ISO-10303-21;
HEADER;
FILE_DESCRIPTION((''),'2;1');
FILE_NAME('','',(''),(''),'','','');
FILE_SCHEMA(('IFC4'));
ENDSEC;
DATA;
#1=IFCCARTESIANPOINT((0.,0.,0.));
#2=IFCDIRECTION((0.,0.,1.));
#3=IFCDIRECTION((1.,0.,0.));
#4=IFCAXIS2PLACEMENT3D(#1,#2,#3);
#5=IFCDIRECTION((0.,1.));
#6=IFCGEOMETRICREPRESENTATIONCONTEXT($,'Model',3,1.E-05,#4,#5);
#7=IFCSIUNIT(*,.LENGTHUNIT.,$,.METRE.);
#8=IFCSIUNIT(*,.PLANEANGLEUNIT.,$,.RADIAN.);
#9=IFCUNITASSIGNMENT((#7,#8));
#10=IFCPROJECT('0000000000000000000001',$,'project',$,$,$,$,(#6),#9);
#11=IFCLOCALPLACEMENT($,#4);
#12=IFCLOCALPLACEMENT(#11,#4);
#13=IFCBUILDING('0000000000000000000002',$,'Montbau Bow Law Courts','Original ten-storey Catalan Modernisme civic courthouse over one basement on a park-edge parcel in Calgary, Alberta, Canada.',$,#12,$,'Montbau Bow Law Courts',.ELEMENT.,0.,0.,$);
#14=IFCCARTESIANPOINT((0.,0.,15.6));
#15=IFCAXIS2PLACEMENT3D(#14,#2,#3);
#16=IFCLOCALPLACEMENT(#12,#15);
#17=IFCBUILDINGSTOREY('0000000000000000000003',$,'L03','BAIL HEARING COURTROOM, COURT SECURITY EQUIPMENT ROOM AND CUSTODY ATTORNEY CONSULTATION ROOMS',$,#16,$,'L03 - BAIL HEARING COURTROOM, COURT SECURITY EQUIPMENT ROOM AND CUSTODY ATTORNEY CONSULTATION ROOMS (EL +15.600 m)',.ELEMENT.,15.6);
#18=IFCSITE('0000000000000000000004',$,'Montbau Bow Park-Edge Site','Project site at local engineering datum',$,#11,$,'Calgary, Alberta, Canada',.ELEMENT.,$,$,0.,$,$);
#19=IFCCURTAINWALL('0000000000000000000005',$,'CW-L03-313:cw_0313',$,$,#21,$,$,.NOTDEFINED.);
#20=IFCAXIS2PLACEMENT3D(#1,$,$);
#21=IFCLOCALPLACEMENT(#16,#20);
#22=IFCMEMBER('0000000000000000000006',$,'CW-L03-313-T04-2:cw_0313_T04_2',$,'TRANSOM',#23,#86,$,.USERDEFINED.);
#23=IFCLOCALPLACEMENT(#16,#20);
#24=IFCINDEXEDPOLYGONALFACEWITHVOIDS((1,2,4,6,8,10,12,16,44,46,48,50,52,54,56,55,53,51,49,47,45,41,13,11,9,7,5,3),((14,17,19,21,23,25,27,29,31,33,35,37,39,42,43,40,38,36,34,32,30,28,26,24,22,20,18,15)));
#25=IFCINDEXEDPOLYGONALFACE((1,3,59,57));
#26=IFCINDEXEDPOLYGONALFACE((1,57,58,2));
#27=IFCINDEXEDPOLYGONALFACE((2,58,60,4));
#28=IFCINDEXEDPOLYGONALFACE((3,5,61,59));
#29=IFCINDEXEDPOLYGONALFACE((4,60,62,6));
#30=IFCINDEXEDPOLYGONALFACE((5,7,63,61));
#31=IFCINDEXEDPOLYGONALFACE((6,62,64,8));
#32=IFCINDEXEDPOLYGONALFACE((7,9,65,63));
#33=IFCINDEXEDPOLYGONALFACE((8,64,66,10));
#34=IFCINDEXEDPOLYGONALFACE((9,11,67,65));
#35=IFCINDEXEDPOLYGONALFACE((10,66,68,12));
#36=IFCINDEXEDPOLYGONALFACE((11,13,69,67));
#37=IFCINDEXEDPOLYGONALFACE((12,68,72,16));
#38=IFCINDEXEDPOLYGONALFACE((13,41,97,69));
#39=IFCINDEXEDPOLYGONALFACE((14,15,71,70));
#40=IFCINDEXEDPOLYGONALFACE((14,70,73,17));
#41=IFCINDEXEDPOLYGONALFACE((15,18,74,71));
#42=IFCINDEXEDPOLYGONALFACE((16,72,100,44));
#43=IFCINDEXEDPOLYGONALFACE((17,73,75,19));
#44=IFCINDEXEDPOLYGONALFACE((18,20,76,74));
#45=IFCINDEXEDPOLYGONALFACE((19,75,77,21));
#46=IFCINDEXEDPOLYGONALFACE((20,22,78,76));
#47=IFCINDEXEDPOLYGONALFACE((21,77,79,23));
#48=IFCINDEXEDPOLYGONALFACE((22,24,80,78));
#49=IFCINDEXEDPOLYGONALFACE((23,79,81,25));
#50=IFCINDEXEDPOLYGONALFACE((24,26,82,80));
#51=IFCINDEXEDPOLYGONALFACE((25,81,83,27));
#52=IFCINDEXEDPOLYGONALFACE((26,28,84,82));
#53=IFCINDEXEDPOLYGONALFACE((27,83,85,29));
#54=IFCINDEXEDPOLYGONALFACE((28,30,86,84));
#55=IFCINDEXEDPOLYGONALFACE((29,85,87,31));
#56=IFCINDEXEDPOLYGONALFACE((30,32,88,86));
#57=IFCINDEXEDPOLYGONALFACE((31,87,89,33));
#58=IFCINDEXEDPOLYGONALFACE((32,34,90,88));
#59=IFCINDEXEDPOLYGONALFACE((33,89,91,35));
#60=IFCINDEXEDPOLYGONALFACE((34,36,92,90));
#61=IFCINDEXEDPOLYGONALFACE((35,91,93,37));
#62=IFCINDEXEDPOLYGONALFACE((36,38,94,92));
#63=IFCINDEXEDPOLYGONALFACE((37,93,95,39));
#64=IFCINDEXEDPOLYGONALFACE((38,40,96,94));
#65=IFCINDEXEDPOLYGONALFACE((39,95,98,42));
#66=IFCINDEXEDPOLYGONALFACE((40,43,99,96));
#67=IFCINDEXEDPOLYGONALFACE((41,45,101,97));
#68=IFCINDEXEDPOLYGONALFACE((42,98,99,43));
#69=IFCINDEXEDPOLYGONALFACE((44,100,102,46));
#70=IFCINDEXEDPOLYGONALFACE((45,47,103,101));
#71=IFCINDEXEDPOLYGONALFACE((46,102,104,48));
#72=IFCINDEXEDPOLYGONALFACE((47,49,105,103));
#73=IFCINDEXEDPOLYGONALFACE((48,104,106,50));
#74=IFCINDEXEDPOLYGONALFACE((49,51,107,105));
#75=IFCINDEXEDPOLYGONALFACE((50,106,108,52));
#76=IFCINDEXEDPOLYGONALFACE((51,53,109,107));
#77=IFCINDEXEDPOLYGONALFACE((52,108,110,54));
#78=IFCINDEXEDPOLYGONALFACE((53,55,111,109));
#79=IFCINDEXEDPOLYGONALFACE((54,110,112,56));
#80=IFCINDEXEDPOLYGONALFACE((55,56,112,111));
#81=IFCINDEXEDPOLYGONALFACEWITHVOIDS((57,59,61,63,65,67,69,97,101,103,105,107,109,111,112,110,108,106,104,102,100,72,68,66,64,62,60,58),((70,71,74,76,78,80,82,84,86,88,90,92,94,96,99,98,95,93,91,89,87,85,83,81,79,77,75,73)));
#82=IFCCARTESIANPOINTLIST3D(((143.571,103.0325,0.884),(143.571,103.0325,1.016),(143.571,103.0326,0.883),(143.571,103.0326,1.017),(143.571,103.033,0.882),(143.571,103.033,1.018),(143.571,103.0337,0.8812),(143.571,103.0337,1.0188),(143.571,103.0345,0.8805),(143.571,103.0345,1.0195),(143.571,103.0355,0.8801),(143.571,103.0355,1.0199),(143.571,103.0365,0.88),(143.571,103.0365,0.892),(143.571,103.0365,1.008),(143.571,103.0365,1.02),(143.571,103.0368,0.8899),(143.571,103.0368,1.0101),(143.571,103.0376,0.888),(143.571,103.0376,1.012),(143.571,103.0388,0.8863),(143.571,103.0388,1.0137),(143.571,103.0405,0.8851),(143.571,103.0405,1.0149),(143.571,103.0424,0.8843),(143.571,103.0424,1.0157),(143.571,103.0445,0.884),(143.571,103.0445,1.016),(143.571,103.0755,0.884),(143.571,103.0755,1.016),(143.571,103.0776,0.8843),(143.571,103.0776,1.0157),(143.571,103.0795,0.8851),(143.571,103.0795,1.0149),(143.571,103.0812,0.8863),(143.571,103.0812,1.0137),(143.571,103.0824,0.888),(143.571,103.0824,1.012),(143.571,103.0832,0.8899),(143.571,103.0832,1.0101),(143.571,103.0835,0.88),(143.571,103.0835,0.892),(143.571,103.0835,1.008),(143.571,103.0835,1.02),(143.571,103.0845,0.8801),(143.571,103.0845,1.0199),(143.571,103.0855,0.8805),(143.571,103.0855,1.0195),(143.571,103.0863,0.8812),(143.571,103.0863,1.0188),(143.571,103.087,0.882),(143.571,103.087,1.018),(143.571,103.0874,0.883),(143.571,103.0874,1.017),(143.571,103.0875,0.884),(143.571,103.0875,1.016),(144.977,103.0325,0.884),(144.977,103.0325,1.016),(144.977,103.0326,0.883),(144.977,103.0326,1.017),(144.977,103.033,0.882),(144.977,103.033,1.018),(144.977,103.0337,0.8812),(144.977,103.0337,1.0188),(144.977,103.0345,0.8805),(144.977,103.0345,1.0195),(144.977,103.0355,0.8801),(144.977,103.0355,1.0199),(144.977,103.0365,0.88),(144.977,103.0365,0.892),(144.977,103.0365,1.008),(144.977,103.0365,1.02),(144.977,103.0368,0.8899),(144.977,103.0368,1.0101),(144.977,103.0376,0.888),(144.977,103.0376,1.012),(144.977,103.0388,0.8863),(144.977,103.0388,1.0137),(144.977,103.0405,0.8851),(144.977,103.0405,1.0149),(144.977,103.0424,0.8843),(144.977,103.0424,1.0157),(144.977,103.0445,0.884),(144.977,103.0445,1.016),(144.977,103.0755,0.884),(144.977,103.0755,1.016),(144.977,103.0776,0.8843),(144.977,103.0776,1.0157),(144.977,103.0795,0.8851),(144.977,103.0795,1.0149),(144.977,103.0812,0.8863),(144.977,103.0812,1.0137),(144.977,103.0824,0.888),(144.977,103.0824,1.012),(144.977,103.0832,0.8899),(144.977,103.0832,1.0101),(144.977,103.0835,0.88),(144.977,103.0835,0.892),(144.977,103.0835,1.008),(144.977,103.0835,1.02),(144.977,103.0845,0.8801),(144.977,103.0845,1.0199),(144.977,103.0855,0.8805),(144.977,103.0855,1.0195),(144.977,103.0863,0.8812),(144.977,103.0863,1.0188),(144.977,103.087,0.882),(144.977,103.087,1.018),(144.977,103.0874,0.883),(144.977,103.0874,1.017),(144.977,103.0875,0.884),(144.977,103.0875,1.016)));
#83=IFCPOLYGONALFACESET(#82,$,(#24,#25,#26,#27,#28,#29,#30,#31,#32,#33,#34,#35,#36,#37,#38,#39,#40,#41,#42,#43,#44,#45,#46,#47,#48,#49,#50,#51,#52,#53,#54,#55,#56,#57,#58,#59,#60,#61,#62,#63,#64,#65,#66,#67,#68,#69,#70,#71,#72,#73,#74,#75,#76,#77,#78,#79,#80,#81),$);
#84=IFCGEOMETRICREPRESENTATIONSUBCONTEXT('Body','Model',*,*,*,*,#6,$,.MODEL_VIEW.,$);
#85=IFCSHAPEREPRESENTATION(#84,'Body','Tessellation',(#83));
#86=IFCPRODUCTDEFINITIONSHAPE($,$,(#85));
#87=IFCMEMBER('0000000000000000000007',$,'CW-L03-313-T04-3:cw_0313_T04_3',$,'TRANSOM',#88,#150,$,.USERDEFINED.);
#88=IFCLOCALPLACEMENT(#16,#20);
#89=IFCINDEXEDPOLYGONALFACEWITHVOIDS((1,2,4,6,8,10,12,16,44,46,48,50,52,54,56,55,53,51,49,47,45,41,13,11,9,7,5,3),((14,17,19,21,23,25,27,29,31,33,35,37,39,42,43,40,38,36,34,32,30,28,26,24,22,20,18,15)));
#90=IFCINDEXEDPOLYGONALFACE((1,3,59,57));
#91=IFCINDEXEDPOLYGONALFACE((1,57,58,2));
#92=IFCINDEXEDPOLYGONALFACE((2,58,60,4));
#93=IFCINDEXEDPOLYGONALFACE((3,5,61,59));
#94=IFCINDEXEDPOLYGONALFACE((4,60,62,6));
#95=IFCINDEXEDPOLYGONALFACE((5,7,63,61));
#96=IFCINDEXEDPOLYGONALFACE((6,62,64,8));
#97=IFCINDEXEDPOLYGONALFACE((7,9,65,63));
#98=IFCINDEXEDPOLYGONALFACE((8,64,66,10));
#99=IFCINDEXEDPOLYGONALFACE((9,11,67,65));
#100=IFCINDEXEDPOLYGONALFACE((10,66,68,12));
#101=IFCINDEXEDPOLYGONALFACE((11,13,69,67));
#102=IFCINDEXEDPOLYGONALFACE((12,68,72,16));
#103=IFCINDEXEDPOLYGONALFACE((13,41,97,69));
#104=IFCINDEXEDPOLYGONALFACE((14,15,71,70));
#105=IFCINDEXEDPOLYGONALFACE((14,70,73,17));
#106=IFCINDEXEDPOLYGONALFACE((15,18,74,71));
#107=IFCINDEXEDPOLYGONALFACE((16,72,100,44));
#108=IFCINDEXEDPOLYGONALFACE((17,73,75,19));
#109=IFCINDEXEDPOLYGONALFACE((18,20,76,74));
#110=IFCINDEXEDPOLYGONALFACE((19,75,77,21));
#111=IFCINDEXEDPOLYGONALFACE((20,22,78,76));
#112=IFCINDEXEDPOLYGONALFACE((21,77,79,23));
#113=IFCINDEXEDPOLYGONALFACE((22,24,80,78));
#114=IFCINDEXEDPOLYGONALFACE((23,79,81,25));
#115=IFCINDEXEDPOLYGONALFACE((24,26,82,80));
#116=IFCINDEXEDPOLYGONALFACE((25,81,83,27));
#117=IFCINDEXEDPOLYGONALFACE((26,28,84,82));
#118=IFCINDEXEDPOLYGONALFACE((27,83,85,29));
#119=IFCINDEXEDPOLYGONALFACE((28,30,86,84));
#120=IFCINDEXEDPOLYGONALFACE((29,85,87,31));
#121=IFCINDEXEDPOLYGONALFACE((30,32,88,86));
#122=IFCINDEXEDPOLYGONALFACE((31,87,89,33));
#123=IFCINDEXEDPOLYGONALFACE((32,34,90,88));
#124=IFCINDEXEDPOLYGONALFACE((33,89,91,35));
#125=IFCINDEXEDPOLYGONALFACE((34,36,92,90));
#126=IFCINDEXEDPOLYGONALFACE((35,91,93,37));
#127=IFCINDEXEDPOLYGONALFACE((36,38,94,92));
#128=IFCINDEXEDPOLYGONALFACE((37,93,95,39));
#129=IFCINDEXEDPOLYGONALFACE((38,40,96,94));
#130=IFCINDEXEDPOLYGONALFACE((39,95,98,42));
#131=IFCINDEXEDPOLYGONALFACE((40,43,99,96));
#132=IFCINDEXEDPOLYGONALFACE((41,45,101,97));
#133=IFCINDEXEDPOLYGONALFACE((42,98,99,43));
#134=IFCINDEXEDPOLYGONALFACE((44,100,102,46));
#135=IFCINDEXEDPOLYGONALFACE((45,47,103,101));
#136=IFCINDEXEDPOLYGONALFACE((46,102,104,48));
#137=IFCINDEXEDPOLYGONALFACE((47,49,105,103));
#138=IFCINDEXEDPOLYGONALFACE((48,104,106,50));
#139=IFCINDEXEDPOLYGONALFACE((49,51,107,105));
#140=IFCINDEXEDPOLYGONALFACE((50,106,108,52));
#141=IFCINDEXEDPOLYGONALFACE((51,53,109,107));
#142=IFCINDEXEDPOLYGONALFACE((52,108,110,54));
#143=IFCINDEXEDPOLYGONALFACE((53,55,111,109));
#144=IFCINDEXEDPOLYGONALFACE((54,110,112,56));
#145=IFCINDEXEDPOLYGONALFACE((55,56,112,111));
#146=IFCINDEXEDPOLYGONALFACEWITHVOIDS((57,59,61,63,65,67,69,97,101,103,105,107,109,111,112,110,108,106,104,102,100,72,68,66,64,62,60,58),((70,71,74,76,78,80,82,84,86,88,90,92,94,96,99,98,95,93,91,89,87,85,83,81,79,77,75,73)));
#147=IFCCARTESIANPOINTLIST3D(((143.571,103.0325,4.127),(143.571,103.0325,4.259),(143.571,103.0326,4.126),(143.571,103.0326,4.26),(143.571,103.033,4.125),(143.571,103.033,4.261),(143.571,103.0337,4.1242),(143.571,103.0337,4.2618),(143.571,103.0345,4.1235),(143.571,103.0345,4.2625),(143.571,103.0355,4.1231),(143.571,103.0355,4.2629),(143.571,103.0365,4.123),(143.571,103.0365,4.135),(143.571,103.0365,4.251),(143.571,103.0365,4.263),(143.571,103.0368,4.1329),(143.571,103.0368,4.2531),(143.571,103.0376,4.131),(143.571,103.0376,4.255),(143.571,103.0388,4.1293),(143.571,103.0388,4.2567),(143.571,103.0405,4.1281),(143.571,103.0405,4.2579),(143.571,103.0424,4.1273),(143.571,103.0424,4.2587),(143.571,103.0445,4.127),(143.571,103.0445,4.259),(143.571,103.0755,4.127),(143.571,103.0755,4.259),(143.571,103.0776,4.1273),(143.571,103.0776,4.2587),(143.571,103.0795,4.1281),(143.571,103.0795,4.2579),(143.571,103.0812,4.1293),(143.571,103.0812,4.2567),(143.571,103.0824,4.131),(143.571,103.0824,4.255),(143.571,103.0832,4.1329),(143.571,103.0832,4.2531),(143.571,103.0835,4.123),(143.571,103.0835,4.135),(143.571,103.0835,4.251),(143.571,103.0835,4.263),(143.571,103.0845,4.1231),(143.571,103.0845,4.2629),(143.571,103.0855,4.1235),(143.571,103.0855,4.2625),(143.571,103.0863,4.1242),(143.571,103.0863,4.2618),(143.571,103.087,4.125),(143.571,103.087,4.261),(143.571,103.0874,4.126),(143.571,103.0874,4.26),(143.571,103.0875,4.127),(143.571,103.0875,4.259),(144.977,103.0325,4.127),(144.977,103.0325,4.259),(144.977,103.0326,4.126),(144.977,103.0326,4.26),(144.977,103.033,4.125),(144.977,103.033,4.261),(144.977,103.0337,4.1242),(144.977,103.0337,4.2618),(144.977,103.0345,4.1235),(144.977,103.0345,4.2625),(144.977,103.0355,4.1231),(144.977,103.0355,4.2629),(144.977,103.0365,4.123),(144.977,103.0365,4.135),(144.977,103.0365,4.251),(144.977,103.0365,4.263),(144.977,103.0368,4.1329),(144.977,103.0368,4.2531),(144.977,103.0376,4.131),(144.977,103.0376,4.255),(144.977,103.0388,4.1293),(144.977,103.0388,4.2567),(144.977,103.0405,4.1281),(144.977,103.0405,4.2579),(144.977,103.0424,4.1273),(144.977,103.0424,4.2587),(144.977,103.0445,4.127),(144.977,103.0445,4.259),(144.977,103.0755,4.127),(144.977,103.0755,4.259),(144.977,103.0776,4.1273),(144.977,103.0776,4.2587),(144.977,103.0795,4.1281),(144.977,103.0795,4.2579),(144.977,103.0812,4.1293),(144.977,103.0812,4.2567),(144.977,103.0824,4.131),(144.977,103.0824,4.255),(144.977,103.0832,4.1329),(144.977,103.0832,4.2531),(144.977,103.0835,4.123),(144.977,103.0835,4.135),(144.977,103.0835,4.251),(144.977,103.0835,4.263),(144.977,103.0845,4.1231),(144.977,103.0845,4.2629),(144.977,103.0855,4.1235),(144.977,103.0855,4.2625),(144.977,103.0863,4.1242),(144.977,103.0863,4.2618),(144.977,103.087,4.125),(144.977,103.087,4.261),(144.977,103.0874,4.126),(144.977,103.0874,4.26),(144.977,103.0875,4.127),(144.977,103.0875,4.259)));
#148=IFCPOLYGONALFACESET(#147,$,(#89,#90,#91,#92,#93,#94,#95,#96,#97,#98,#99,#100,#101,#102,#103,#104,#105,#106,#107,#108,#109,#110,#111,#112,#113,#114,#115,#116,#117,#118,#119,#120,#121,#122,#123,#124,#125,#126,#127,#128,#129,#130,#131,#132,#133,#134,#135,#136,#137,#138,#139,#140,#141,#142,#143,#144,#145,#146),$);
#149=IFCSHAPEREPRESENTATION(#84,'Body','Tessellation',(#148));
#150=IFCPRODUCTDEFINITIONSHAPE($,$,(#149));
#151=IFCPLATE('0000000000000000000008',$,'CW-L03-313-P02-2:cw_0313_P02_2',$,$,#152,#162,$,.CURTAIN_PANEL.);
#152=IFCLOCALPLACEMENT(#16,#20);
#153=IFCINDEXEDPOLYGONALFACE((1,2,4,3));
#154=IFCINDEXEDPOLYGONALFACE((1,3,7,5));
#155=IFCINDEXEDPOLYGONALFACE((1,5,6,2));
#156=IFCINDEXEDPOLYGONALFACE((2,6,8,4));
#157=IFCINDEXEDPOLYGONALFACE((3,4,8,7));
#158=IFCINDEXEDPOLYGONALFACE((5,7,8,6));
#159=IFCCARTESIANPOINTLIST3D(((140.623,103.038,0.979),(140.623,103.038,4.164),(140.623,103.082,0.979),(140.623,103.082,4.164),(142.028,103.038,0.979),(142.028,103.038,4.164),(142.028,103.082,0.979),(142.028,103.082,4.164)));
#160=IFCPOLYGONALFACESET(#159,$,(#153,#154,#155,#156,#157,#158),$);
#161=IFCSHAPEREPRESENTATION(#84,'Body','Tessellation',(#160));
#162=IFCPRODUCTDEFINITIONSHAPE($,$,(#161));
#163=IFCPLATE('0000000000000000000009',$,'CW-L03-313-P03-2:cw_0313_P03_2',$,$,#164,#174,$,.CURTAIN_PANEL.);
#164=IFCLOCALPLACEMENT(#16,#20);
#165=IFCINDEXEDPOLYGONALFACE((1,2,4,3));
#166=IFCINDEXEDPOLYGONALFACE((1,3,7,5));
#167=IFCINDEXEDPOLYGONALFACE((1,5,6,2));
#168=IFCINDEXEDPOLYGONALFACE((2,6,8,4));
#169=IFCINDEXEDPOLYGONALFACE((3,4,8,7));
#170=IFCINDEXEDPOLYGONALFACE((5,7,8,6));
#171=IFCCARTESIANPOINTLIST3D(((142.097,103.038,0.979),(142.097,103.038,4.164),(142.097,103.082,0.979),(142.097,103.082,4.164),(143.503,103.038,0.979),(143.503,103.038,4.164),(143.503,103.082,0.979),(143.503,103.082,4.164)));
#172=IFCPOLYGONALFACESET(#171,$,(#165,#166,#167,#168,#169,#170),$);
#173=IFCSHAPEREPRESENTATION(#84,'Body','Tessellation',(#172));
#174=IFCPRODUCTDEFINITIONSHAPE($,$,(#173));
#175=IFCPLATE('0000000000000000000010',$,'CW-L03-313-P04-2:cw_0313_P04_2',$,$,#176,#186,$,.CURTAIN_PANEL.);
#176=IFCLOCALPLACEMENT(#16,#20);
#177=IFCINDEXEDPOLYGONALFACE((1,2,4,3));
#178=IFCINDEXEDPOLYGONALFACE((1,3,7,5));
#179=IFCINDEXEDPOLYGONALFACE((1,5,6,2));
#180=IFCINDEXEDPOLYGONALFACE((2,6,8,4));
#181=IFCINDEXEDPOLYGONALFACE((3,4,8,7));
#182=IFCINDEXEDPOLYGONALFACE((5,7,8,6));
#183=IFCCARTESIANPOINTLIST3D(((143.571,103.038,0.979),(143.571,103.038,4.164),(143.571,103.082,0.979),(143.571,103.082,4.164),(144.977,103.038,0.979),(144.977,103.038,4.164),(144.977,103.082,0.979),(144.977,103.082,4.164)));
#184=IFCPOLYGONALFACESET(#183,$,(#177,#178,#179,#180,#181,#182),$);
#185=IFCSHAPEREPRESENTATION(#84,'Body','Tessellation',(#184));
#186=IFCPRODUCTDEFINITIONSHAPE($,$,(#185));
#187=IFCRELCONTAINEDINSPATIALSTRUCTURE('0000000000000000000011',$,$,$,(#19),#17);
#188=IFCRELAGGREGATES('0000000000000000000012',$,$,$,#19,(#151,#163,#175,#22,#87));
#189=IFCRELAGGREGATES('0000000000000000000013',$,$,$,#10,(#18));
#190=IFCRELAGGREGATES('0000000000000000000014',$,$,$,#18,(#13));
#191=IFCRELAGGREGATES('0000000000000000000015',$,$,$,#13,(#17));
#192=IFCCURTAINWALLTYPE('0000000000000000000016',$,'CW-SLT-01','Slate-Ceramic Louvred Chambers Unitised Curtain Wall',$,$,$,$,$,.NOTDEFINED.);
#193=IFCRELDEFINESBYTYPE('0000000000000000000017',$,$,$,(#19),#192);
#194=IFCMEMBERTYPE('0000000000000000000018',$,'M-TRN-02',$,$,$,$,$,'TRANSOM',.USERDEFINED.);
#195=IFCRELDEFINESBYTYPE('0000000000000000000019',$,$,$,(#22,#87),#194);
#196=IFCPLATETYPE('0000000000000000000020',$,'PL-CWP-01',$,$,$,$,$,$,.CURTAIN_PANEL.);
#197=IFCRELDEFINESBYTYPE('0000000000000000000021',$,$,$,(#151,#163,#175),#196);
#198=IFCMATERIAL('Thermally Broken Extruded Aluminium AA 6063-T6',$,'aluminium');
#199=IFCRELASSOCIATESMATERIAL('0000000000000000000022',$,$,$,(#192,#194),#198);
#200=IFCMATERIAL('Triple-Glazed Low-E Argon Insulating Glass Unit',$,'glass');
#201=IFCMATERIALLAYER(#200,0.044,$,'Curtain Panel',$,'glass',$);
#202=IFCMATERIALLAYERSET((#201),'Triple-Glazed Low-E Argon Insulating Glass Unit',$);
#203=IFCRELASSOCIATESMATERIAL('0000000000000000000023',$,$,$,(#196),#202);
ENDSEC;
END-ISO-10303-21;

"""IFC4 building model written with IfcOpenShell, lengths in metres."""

from ifc_helpers import new_model, si_unit, direction, frame, frame_2d, origin_with_axes, origin_2d_with_axis, place, context, subcontext, project, spatial, rectangle, hollow_rectangle, extrude, material, layer, layer_set, material_profile, profile_set, type_object, element, aggregate, save


model = new_model("IFC4")

# Units and contexts
model_context = context("Model", 3, precision=1e-05, world=origin_with_axes(), true_north=direction((0.0, 1.0)))
body_context = subcontext(model_context, "Body", "Model", "MODEL_VIEW")
ifc_project = project(units=[si_unit("LENGTHUNIT", "METRE"), si_unit("PLANEANGLEUNIT", "RADIAN")], contexts=[model_context])

# Site, building, storey
site_placement = place(None, origin_with_axes())
site = spatial("IfcSite", under=ifc_project, at=site_placement, Name="Montbau Bow Park-Edge Site", Description="Project site at local engineering datum", LongName="Calgary, Alberta, Canada", CompositionType="ELEMENT", RefElevation=0.0)
building_placement = place(site_placement, origin_with_axes())
building = spatial("IfcBuilding", under=site, at=building_placement, Name="Montbau Bow Law Courts", Description="Original ten-storey Catalan Modernisme civic courthouse over one basement on a park-edge parcel in Calgary, Alberta, Canada.", LongName="Montbau Bow Law Courts", CompositionType="ELEMENT", ElevationOfRefHeight=0.0, ElevationOfTerrain=0.0)
storey_placement = place(building_placement, frame((0.0, 0.0, 15.6), z_axis=(0.0, 0.0, 1.0), x_axis=(1.0, 0.0, 0.0)))
storey = spatial("IfcBuildingStorey", under=building, at=storey_placement, Name="L03", Description="BAIL HEARING COURTROOM, COURT SECURITY EQUIPMENT ROOM AND CUSTODY ATTORNEY CONSULTATION ROOMS", LongName="L03 - BAIL HEARING COURTROOM, COURT SECURITY EQUIPMENT ROOM AND CUSTODY ATTORNEY CONSULTATION ROOMS (EL +15.600 m)", CompositionType="ELEMENT", Elevation=15.6)

# Curtain wall, members, plates
ifc_material_1 = material(Name="Thermally Broken Extruded Aluminium AA 6063-T6", Category="aluminium")
curtain_wall_type = type_object("IfcCurtainWallType", Name="CW-SLT-01", Description="Slate-Ceramic Louvred Chambers Unitised Curtain Wall", PredefinedType="NOTDEFINED", material=ifc_material_1)
curtain_wall_placement = place(None, frame((139.115, 103.06, 15.6), z_axis=(0.0, 0.0, 1.0), x_axis=(1.0, 0.0, 0.0)))
curtain_wall = element("IfcCurtainWall", 1, at=curtain_wall_placement, inside=storey, type_object=curtain_wall_type, Name="CW-L03-313:cw_0313", PredefinedType="NOTDEFINED")
ifc_material_profile_1 = material_profile(ifc_material_1, hollow_rectangle(XDim=0.055, YDim=0.14, WallThickness=0.004, InnerFilletRadius=0.008, OuterFilletRadius=0.004, at=origin_2d_with_axis()), Name="CWT-140X55", Category="Main", Priority=0)
ifc_profile_set_1 = profile_set([ifc_material_profile_1], Name="Thermally Broken Extruded Aluminium AA 6063-T6")
member_type_1 = type_object("IfcMemberType", Name="M-TRN-02", ElementType="TRANSOM", PredefinedType="USERDEFINED", material=ifc_profile_set_1)
member_1_placement = place(None, frame((143.571, 103.06, 16.55), z_axis=(1.0, 0.0, 0.0), x_axis=(0.0, 1.0, 0.0)))
member_1 = element("IfcMember", 2, at=member_1_placement, type_object=member_type_1, Name="CW-L03-313-T04-2:cw_0313_T04_2", ObjectType="TRANSOM", PredefinedType="USERDEFINED", context=body_context, shape_type="SweptSolid", body=[
    extrude(hollow_rectangle(XDim=0.055, YDim=0.14, WallThickness=0.004, InnerFilletRadius=0.008, OuterFilletRadius=0.004, at=origin_2d_with_axis()), origin_with_axes(), (0.0, 0.0, 1.0), 1.406),
])
member_2_placement = place(None, frame((143.571, 103.06, 19.793), z_axis=(1.0, 0.0, 0.0), x_axis=(0.0, 1.0, 0.0)))
member_2 = element("IfcMember", 3, at=member_2_placement, type_object=member_type_1, Name="CW-L03-313-T04-3:cw_0313_T04_3", ObjectType="TRANSOM", PredefinedType="USERDEFINED", context=body_context, shape_type="SweptSolid", body=[
    extrude(hollow_rectangle(XDim=0.055, YDim=0.14, WallThickness=0.004, InnerFilletRadius=0.008, OuterFilletRadius=0.004, at=origin_2d_with_axis()), origin_with_axes(), (0.0, 0.0, 1.0), 1.406),
])
ifc_material_2 = material(Name="Triple-Glazed Low-E Argon Insulating Glass Unit", Category="glass")
ifc_layer_1 = layer(ifc_material_2, 0.044, Name="Curtain Panel", Category="glass")
ifc_layer_set_1 = layer_set([ifc_layer_1], Name="Triple-Glazed Low-E Argon Insulating Glass Unit")
plate_type_1 = type_object("IfcPlateType", Name="PL-CWP-01", PredefinedType="CURTAIN_PANEL", material=ifc_layer_set_1)
plate_1_placement = place(None, frame((140.623, 103.06, 16.579), z_axis=(0.0, -1.0, 0.0), x_axis=(1.0, 0.0, 0.0)))
plate_1 = element("IfcPlate", 4, at=plate_1_placement, type_object=plate_type_1, Name="CW-L03-313-P02-2:cw_0313_P02_2", PredefinedType="CURTAIN_PANEL", context=body_context, shape_type="SweptSolid", body=[
    extrude(rectangle(XDim=1.405, YDim=3.185, at=frame_2d((0.7025, 1.5925), x_axis=(1.0, 0.0))), frame((0.0, 0.0, -0.022), z_axis=(0.0, 0.0, 1.0), x_axis=(1.0, 0.0, 0.0)), (0.0, 0.0, 1.0), 0.044),
])
plate_2_placement = place(None, frame((142.097, 103.06, 16.579), z_axis=(0.0, -1.0, 0.0), x_axis=(1.0, 0.0, 0.0)))
plate_2 = element("IfcPlate", 5, at=plate_2_placement, type_object=plate_type_1, Name="CW-L03-313-P03-2:cw_0313_P03_2", PredefinedType="CURTAIN_PANEL", context=body_context, shape_type="SweptSolid", body=[
    extrude(rectangle(XDim=1.406, YDim=3.185, at=frame_2d((0.703, 1.5925), x_axis=(1.0, 0.0))), frame((0.0, 0.0, -0.022), z_axis=(0.0, 0.0, 1.0), x_axis=(1.0, 0.0, 0.0)), (0.0, 0.0, 1.0), 0.044),
])
plate_3_placement = place(None, frame((143.571, 103.06, 16.579), z_axis=(0.0, -1.0, 0.0), x_axis=(1.0, 0.0, 0.0)))
plate_3 = element("IfcPlate", 6, at=plate_3_placement, type_object=plate_type_1, Name="CW-L03-313-P04-2:cw_0313_P04_2", PredefinedType="CURTAIN_PANEL", context=body_context, shape_type="SweptSolid", body=[
    extrude(rectangle(XDim=1.406, YDim=3.185, at=frame_2d((0.703, 1.5925), x_axis=(1.0, 0.0))), frame((0.0, 0.0, -0.022), z_axis=(0.0, 0.0, 1.0), x_axis=(1.0, 0.0, 0.0)), (0.0, 0.0, 1.0), 0.044),
])
aggregate(curtain_wall, [plate_1, plate_2, plate_3, member_1, member_2])

save(model, "model.ifc")
